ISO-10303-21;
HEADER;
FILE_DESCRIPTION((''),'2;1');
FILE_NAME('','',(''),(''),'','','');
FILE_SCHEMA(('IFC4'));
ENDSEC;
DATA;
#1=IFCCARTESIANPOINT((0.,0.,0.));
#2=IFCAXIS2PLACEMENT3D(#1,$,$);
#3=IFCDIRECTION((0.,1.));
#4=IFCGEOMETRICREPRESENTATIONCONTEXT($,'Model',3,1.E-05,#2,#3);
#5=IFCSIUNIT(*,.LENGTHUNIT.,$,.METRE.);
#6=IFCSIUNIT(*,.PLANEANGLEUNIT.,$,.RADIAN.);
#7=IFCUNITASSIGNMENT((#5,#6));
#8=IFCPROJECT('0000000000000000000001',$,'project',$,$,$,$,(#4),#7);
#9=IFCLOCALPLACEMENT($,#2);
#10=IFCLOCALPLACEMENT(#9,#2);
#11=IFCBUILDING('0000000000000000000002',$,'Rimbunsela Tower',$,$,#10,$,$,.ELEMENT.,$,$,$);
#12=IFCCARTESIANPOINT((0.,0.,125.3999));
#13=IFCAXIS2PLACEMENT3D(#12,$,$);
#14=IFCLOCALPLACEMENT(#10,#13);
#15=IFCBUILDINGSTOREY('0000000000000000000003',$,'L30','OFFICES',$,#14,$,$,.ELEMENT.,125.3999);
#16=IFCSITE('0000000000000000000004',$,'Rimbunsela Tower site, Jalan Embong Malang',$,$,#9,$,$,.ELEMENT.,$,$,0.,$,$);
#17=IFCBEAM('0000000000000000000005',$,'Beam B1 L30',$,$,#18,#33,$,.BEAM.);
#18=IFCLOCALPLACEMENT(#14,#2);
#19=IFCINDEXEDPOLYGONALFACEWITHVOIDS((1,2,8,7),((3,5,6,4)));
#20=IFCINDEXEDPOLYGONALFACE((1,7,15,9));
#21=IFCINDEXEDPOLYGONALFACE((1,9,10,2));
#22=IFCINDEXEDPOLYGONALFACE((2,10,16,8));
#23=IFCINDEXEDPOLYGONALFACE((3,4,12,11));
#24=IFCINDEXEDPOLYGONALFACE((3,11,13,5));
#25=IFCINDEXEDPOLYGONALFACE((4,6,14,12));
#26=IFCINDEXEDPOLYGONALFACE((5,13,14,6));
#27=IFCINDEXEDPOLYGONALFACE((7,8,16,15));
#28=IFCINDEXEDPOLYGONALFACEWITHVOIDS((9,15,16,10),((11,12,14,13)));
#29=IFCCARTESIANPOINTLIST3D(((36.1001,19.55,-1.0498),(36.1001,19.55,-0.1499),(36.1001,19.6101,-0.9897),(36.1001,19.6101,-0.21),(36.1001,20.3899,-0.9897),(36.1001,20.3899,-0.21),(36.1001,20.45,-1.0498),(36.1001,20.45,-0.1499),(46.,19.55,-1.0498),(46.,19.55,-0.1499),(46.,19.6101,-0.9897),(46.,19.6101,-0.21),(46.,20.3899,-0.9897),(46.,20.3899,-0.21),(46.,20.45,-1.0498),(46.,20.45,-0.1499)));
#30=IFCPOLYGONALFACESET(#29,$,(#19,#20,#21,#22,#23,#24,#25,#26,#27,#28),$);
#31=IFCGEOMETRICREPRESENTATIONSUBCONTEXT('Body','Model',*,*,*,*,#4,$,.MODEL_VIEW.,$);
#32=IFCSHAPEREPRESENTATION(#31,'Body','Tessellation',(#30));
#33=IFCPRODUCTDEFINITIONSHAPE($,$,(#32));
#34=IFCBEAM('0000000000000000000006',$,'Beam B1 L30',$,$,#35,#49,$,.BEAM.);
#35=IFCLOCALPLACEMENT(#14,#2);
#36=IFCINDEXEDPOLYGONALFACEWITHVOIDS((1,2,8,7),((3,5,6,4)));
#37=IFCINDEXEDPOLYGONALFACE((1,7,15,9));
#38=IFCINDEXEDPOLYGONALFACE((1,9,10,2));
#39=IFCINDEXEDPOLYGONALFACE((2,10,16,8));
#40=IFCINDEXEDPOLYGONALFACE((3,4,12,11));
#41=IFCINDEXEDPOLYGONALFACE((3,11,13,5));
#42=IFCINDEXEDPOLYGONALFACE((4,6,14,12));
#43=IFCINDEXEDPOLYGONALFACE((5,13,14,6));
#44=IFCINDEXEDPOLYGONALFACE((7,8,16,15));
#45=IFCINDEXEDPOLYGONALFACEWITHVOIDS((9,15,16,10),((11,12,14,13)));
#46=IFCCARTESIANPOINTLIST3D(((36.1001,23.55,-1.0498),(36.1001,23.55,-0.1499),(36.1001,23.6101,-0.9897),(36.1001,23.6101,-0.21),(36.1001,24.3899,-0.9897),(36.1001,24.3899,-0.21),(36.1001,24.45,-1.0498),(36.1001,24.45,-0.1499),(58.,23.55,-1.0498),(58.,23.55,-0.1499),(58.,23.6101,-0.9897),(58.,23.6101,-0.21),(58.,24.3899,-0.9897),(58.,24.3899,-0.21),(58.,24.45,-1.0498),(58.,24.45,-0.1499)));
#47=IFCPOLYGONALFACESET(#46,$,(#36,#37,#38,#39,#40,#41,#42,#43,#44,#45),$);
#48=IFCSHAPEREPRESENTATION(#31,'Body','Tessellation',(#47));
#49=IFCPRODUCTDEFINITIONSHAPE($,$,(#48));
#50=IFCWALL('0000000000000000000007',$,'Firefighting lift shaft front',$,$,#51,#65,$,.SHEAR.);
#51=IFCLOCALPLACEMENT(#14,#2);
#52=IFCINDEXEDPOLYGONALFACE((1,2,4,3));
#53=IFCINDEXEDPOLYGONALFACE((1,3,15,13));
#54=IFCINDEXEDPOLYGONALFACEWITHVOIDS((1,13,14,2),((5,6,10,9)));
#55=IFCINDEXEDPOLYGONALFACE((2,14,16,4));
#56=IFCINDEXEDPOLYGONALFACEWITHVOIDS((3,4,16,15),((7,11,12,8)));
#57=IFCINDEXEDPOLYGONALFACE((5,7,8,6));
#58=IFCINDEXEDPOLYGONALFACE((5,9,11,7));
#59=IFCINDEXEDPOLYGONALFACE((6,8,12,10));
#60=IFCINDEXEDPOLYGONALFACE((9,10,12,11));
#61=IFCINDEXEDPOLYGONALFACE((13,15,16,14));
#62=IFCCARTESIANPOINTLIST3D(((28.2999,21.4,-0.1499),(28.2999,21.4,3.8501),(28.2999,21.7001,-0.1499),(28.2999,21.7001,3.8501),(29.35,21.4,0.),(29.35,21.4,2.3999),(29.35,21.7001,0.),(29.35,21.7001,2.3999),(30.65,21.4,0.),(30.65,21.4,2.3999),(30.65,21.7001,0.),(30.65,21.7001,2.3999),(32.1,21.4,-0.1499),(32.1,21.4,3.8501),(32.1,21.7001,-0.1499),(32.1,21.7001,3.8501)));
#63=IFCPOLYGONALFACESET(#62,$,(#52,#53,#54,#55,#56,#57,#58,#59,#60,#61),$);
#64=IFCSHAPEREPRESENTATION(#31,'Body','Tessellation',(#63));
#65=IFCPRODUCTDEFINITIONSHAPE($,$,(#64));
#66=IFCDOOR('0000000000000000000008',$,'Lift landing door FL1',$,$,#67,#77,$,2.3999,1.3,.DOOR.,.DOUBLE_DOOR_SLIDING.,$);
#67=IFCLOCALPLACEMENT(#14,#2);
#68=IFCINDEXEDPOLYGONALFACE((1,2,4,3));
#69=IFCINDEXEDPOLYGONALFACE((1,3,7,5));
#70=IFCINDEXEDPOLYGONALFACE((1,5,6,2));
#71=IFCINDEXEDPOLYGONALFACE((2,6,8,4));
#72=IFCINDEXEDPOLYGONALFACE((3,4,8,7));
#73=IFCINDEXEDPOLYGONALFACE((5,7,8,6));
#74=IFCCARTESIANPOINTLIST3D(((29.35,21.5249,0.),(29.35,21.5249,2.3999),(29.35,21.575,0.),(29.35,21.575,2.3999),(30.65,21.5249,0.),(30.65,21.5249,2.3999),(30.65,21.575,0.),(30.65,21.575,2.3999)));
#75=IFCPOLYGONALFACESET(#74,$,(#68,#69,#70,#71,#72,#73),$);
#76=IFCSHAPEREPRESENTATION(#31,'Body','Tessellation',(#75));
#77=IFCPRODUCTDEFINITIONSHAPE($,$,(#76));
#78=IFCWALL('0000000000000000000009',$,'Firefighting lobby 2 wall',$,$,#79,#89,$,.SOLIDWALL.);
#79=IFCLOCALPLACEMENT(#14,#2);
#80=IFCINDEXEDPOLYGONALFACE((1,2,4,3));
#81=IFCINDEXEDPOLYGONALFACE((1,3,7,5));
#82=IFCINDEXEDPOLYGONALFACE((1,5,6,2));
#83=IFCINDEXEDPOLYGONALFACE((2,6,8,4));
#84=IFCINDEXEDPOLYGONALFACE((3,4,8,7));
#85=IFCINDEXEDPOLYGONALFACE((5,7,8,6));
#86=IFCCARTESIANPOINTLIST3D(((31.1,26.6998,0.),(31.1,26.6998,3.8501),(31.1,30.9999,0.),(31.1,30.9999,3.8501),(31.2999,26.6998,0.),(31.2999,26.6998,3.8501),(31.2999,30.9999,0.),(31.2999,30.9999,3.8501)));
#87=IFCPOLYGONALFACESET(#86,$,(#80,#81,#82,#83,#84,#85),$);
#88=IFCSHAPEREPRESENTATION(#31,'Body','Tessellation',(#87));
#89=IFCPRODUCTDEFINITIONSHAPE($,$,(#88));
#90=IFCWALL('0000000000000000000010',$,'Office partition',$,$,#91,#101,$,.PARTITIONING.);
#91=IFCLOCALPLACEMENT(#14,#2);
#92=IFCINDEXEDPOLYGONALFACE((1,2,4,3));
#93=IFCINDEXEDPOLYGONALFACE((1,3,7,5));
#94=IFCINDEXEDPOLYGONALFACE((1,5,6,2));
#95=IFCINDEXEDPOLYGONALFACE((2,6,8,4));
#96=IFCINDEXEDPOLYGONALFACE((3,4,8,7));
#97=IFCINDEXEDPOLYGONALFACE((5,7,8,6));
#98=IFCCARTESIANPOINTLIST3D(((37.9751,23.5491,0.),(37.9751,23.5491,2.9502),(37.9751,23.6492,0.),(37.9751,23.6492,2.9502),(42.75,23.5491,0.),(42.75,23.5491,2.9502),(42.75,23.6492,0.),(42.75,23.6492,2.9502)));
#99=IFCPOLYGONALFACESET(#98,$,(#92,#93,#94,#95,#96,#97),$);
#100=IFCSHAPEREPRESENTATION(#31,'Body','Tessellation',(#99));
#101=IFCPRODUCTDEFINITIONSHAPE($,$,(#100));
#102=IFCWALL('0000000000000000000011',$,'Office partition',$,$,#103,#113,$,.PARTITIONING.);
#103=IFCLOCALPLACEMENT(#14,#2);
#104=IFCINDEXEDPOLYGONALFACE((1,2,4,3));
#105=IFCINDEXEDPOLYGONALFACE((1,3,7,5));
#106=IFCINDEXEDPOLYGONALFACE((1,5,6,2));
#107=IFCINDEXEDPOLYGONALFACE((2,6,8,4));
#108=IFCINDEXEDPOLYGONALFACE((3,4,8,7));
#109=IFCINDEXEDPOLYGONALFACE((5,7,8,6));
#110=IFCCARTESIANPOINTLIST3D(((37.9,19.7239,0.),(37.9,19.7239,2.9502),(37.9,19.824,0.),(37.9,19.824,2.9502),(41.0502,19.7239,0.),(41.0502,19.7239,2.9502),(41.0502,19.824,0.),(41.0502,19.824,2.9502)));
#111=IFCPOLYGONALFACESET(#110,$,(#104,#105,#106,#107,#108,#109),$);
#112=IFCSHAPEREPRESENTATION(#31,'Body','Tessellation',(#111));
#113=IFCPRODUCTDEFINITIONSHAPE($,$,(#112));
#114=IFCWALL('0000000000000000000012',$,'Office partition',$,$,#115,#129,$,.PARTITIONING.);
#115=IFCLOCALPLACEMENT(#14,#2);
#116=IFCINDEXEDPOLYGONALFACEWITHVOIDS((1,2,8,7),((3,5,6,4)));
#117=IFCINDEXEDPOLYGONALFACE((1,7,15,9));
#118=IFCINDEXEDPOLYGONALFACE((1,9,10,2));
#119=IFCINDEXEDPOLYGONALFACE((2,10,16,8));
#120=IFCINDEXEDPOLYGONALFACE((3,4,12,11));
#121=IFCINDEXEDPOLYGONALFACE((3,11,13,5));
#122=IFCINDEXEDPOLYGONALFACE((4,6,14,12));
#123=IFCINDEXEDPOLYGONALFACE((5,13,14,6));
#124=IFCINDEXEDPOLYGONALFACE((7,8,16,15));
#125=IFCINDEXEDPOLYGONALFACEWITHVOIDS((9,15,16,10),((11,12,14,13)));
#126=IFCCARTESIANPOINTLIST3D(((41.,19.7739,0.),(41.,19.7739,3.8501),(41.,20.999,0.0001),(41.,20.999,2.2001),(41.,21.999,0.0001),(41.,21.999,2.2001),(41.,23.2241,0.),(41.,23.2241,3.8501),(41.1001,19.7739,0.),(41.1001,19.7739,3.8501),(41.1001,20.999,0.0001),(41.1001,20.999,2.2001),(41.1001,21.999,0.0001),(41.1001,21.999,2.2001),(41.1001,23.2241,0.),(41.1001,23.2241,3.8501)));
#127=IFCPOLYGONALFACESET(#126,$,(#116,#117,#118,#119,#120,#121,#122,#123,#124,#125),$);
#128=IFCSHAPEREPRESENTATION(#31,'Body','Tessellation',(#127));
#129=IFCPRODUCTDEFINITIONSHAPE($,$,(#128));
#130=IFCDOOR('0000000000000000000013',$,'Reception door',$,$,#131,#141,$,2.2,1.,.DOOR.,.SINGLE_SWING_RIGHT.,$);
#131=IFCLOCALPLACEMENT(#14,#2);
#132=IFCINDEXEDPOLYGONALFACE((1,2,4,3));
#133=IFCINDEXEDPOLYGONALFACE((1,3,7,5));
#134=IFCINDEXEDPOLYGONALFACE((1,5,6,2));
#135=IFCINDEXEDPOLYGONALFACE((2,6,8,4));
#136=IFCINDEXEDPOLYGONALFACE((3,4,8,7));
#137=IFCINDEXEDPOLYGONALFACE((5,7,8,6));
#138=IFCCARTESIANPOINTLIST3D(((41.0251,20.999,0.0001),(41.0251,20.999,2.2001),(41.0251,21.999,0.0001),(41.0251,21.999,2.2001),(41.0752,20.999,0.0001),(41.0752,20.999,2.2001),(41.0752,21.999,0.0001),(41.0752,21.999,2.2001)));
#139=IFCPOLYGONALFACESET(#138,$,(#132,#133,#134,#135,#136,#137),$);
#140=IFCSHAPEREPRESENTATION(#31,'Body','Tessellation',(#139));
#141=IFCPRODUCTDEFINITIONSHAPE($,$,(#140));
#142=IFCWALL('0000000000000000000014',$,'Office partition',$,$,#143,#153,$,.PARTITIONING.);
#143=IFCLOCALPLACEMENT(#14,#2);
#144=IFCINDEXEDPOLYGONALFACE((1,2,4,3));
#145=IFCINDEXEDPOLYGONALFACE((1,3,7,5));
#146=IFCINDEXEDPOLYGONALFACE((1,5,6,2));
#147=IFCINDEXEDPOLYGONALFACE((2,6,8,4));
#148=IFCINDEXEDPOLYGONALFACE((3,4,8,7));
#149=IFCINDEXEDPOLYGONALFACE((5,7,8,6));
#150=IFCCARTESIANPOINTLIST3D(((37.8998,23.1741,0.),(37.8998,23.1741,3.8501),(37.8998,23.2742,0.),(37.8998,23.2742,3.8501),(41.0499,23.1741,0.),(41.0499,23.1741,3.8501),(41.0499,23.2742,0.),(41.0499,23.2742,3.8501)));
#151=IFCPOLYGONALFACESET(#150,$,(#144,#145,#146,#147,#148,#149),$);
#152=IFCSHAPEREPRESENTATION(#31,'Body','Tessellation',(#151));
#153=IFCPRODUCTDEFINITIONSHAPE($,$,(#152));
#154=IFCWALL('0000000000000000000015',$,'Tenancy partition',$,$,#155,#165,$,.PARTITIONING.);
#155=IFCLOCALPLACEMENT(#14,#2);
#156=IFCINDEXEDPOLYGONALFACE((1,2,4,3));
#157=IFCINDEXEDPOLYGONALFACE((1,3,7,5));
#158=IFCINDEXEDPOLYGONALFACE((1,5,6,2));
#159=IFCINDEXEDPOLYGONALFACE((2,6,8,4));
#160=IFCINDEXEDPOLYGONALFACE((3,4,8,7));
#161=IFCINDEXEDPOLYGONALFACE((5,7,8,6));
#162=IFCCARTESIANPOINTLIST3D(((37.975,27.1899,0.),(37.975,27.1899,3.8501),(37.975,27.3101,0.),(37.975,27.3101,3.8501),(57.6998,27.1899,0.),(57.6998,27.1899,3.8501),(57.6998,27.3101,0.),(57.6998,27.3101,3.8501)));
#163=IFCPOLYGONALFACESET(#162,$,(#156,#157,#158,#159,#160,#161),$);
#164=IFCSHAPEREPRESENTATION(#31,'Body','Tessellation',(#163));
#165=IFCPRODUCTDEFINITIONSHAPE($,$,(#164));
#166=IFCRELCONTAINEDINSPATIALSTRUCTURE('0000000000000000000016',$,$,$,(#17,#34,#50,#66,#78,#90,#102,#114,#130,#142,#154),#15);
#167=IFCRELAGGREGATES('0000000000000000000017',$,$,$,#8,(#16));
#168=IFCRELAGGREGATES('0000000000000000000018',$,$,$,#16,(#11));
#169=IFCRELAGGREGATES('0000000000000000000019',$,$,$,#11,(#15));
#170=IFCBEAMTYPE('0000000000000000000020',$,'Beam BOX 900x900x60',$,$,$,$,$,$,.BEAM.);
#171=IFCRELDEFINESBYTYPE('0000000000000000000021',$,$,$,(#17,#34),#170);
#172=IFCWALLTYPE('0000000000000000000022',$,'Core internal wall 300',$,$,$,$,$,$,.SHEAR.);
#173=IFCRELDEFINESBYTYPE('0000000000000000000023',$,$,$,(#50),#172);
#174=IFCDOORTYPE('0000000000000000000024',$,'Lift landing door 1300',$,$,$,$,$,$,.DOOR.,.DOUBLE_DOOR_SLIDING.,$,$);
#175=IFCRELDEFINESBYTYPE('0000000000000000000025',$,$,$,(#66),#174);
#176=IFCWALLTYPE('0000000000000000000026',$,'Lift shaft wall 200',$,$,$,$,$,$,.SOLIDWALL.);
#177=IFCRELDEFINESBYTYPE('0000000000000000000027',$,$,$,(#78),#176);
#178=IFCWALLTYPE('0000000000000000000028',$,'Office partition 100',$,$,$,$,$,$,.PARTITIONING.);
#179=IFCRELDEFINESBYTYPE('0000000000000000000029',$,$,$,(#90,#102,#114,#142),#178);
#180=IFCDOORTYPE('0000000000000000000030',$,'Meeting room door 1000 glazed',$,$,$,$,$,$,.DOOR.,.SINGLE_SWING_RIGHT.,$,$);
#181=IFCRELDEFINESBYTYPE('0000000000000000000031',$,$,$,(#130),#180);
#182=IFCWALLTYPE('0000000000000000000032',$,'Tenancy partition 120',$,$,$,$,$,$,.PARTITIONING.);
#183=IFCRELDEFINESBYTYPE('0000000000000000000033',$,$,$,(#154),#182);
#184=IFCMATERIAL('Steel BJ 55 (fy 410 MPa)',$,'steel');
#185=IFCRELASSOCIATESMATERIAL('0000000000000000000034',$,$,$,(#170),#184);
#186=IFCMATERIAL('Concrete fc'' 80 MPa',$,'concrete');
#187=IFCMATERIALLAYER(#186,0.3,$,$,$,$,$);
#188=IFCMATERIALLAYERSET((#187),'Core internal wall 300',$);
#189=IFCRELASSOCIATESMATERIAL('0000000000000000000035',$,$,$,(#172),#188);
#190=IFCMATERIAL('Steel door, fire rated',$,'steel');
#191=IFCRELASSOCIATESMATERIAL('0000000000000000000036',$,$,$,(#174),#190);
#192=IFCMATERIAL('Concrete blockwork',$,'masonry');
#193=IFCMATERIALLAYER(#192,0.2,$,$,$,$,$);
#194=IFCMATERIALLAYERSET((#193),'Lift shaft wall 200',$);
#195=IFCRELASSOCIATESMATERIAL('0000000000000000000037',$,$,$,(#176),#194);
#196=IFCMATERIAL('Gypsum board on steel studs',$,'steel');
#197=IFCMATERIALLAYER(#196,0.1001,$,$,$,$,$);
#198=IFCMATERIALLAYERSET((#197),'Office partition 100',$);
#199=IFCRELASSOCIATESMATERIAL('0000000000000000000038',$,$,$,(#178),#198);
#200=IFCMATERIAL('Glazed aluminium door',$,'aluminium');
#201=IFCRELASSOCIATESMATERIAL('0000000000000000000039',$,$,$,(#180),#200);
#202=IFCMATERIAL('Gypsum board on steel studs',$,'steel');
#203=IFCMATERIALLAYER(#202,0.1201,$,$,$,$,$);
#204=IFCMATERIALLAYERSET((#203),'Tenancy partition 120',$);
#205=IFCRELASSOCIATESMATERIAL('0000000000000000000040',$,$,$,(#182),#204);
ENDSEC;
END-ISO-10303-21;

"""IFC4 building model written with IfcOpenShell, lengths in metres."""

from ifc_helpers import new_model, si_unit, direction, frame, frame_2d, origin, origin_2d, place, context, subcontext, project, spatial, rectangle, hollow_rectangle, extrude, material, layer, layer_set, material_profile, profile_set, type_object, element, fill, save


model = new_model("IFC4")

# Units and contexts
model_context = context("Model", 3, precision=1e-05, world=origin(), true_north=direction((0.0, 1.0)))
body_context = subcontext(model_context, "Body", "Model", "MODEL_VIEW")
ifc_project = project(units=[si_unit("LENGTHUNIT", "METRE"), si_unit("PLANEANGLEUNIT", "RADIAN")], contexts=[model_context])

# Site, building, storey
site_placement = place(None, origin())
site = spatial("IfcSite", under=ifc_project, at=site_placement, Name="Rimbunsela Tower site, Jalan Embong Malang", CompositionType="ELEMENT", RefElevation=0.0)
building_placement = place(site_placement, origin())
building = spatial("IfcBuilding", under=site, at=building_placement, Name="Rimbunsela Tower", CompositionType="ELEMENT")
storey_placement = place(building_placement, frame((0.0, 0.0, 125.3999)))
storey = spatial("IfcBuildingStorey", under=building, at=storey_placement, Name="L30", Description="OFFICES", CompositionType="ELEMENT", Elevation=125.3999)

# Beams
ifc_material_1 = material(Name="Steel BJ 55 (fy 410 MPa)", Category="steel")
ifc_material_profile = material_profile(ifc_material_1, hollow_rectangle(XDim=0.8999, YDim=0.8999, WallThickness=0.0601, at=origin_2d()), Name="BOX 900x900x60")
ifc_profile_set = profile_set([ifc_material_profile], Name="Steel BJ 55 (fy 410 MPa)")
beam_type = type_object("IfcBeamType", Name="Beam BOX 900x900x60", PredefinedType="BEAM", material=ifc_profile_set)
beam_1_placement = place(storey_placement, frame((36.1001, 20.0, -0.5999), z_axis=(1.0, 0.0, 0.0), x_axis=(0.0, 1.0, 0.0)))
element("IfcBeam", 1, at=beam_1_placement, inside=storey, type_object=beam_type, Name="Beam B1 L30", PredefinedType="BEAM", context=body_context, shape_type="SweptSolid", body=[
    extrude(hollow_rectangle(XDim=0.8999, YDim=0.8999, WallThickness=0.0601, at=origin_2d()), origin(), (0.0, 0.0, 1.0), 9.8999),
])
beam_2_placement = place(storey_placement, frame((36.1001, 24.0, -0.5999), z_axis=(1.0, 0.0, 0.0), x_axis=(0.0, 1.0, 0.0)))
element("IfcBeam", 2, at=beam_2_placement, inside=storey, type_object=beam_type, Name="Beam B1 L30", PredefinedType="BEAM", context=body_context, shape_type="SweptSolid", body=[
    extrude(hollow_rectangle(XDim=0.8999, YDim=0.8999, WallThickness=0.0601, at=origin_2d()), origin(), (0.0, 0.0, 1.0), 21.8999),
])

# Wall, opening, door
ifc_material_2 = material(Name="Concrete fc' 80 MPa", Category="concrete")
ifc_layer_1 = layer(ifc_material_2, 0.3)
ifc_layer_set_1 = layer_set([ifc_layer_1], Name="Core internal wall 300")
wall_type_1 = type_object("IfcWallType", Name="Core internal wall 300", PredefinedType="SHEAR", material=ifc_layer_set_1)
wall_1_placement = place(storey_placement, frame((28.3, 21.55, -0.1499), z_axis=(0.0, 0.0, 1.0), x_axis=(1.0, 0.0, 0.0)))
wall_1 = element("IfcWall", 3, at=wall_1_placement, inside=storey, type_object=wall_type_1, Name="Firefighting lift shaft front", PredefinedType="SHEAR", context=body_context, shape_type="SweptSolid", body=[
    extrude(rectangle(XDim=3.8, YDim=0.3, at=frame_2d((1.8999, 0.0))), origin(), (0.0, 0.0, 1.0), 4.0),
])
opening_1_placement = place(wall_1_placement, frame((1.05, 0.0, 0.1499)))
opening_1 = element("IfcOpeningElement", 4, at=opening_1_placement, cuts=wall_1, PredefinedType="OPENING", context=body_context, shape_type="SweptSolid", body=[
    extrude(rectangle(XDim=1.3, YDim=2.3999, at=frame_2d((0.6499, 1.2))), frame((0.0, 0.1599, 0.0), z_axis=(0.0, -1.0, 0.0), x_axis=(1.0, 0.0, 0.0)), (0.0, 0.0, 1.0), 0.3201),
])
ifc_material_3 = material(Name="Steel door, fire rated", Category="steel")
door_type_1 = type_object("IfcDoorType", Name="Lift landing door 1300", OperationType="DOUBLE_DOOR_SLIDING", PredefinedType="DOOR", material=ifc_material_3)
door_1_placement = place(opening_1_placement, origin())
door_1 = element("IfcDoor", 5, at=door_1_placement, inside=storey, type_object=door_type_1, Name="Lift landing door FL1", OperationType="DOUBLE_DOOR_SLIDING", OverallHeight=2.3999, OverallWidth=1.3, PredefinedType="DOOR", context=body_context, shape_type="SweptSolid", body=[
    extrude(rectangle(XDim=1.3, YDim=2.3999, at=frame_2d((0.6499, 1.2))), frame((0.0, 0.0249, 0.0), z_axis=(0.0, -1.0, 0.0), x_axis=(1.0, 0.0, 0.0)), (0.0, 0.0, 1.0), 0.05),
])
fill(opening_1, door_1)

# Walls
ifc_material_4 = material(Name="Concrete blockwork", Category="masonry")
ifc_layer_2 = layer(ifc_material_4, 0.2)
ifc_layer_set_2 = layer_set([ifc_layer_2], Name="Lift shaft wall 200")
wall_type_2 = type_object("IfcWallType", Name="Lift shaft wall 200", PredefinedType="SOLIDWALL", material=ifc_layer_set_2)
wall_2_placement = place(storey_placement, frame((31.2, 26.7, 0.0), z_axis=(0.0, 0.0, 1.0), x_axis=(0.0, 1.0, 0.0)))
element("IfcWall", 6, at=wall_2_placement, inside=storey, type_object=wall_type_2, Name="Firefighting lobby 2 wall", PredefinedType="SOLIDWALL", context=body_context, shape_type="SweptSolid", body=[
    extrude(rectangle(XDim=4.3, YDim=0.2, at=frame_2d((2.1499, 0.0))), origin(), (0.0, 0.0, 1.0), 3.8501),
])
ifc_material_5 = material(Name="Gypsum board on steel studs", Category="steel")
ifc_layer_3 = layer(ifc_material_5, 0.1001)
ifc_layer_set_3 = layer_set([ifc_layer_3], Name="Office partition 100")
wall_type_3 = type_object("IfcWallType", Name="Office partition 100", PredefinedType="PARTITIONING", material=ifc_layer_set_3)
wall_3_placement = place(storey_placement, frame((37.9751, 23.5991, 0.0), z_axis=(0.0, 0.0, 1.0), x_axis=(1.0, 0.0, 0.0)))
element("IfcWall", 7, at=wall_3_placement, inside=storey, type_object=wall_type_3, Name="Office partition", PredefinedType="PARTITIONING", context=body_context, shape_type="SweptSolid", body=[
    extrude(rectangle(XDim=4.7749, YDim=0.1001, at=frame_2d((2.3875, 0.0))), origin(), (0.0, 0.0, 1.0), 2.9502),
])
wall_4_placement = place(storey_placement, frame((37.8999, 19.7739, 0.0), z_axis=(0.0, 0.0, 1.0), x_axis=(1.0, 0.0, 0.0)))
element("IfcWall", 8, at=wall_4_placement, inside=storey, type_object=wall_type_3, Name="Office partition", PredefinedType="PARTITIONING", context=body_context, shape_type="SweptSolid", body=[
    extrude(rectangle(XDim=3.1501, YDim=0.1001, at=frame_2d((1.5752, 0.0))), origin(), (0.0, 0.0, 1.0), 2.9502),
])

# Wall, opening, door
wall_5_placement = place(storey_placement, frame((41.05, 19.7739, 0.0), z_axis=(0.0, 0.0, 1.0), x_axis=(0.0, 1.0, 0.0)))
wall_5 = element("IfcWall", 9, at=wall_5_placement, inside=storey, type_object=wall_type_3, Name="Office partition", PredefinedType="PARTITIONING", context=body_context, shape_type="SweptSolid", body=[
    extrude(rectangle(XDim=3.4502, YDim=0.1001, at=frame_2d((1.7251, 0.0))), origin(), (0.0, 0.0, 1.0), 3.8501),
])
opening_2_placement = place(wall_5_placement, frame((1.2251, 0.0, 0.0)))
opening_2 = element("IfcOpeningElement", 10, at=opening_2_placement, cuts=wall_5, PredefinedType="OPENING", context=body_context, shape_type="SweptSolid", body=[
    extrude(rectangle(XDim=1.0, YDim=2.2, at=frame_2d((0.5, 1.1001))), frame((0.0, 0.0601, 0.0), z_axis=(0.0, -1.0, 0.0), x_axis=(1.0, 0.0, 0.0)), (0.0, 0.0, 1.0), 0.1201),
])
ifc_material_6 = material(Name="Glazed aluminium door", Category="aluminium")
door_type_2 = type_object("IfcDoorType", Name="Meeting room door 1000 glazed", OperationType="SINGLE_SWING_RIGHT", PredefinedType="DOOR", material=ifc_material_6)
door_2_placement = place(opening_2_placement, origin())
door_2 = element("IfcDoor", 11, at=door_2_placement, inside=storey, type_object=door_type_2, Name="Reception door", OperationType="SINGLE_SWING_RIGHT", OverallHeight=2.2, OverallWidth=1.0, PredefinedType="DOOR", context=body_context, shape_type="SweptSolid", body=[
    extrude(rectangle(XDim=1.0, YDim=2.2, at=frame_2d((0.5, 1.1001))), frame((0.0, 0.0249, 0.0), z_axis=(0.0, -1.0, 0.0), x_axis=(1.0, 0.0, 0.0)), (0.0, 0.0, 1.0), 0.05),
])
fill(opening_2, door_2)

# Walls
wall_6_placement = place(storey_placement, frame((41.05, 23.2241, 0.0), z_axis=(0.0, 0.0, 1.0), x_axis=(-1.0, 0.0, 0.0)))
element("IfcWall", 12, at=wall_6_placement, inside=storey, type_object=wall_type_3, Name="Office partition", PredefinedType="PARTITIONING", context=body_context, shape_type="SweptSolid", body=[
    extrude(rectangle(XDim=3.1501, YDim=0.1001, at=frame_2d((1.5752, 0.0))), origin(), (0.0, 0.0, 1.0), 3.8501),
])
ifc_material_7 = material(Name="Gypsum board on steel studs", Category="steel")
ifc_layer_4 = layer(ifc_material_7, 0.1201)
ifc_layer_set_4 = layer_set([ifc_layer_4], Name="Tenancy partition 120")
wall_type_4 = type_object("IfcWallType", Name="Tenancy partition 120", PredefinedType="PARTITIONING", material=ifc_layer_set_4)
wall_7_placement = place(storey_placement, frame((37.9751, 27.25, 0.0), z_axis=(0.0, 0.0, 1.0), x_axis=(1.0, 0.0, 0.0)))
element("IfcWall", 13, at=wall_7_placement, inside=storey, type_object=wall_type_4, Name="Tenancy partition", PredefinedType="PARTITIONING", context=body_context, shape_type="SweptSolid", body=[
    extrude(rectangle(XDim=19.7249, YDim=0.1201, at=frame_2d((9.8623, 0.0))), origin(), (0.0, 0.0, 1.0), 3.8501),
])

save(model, "model.ifc")
